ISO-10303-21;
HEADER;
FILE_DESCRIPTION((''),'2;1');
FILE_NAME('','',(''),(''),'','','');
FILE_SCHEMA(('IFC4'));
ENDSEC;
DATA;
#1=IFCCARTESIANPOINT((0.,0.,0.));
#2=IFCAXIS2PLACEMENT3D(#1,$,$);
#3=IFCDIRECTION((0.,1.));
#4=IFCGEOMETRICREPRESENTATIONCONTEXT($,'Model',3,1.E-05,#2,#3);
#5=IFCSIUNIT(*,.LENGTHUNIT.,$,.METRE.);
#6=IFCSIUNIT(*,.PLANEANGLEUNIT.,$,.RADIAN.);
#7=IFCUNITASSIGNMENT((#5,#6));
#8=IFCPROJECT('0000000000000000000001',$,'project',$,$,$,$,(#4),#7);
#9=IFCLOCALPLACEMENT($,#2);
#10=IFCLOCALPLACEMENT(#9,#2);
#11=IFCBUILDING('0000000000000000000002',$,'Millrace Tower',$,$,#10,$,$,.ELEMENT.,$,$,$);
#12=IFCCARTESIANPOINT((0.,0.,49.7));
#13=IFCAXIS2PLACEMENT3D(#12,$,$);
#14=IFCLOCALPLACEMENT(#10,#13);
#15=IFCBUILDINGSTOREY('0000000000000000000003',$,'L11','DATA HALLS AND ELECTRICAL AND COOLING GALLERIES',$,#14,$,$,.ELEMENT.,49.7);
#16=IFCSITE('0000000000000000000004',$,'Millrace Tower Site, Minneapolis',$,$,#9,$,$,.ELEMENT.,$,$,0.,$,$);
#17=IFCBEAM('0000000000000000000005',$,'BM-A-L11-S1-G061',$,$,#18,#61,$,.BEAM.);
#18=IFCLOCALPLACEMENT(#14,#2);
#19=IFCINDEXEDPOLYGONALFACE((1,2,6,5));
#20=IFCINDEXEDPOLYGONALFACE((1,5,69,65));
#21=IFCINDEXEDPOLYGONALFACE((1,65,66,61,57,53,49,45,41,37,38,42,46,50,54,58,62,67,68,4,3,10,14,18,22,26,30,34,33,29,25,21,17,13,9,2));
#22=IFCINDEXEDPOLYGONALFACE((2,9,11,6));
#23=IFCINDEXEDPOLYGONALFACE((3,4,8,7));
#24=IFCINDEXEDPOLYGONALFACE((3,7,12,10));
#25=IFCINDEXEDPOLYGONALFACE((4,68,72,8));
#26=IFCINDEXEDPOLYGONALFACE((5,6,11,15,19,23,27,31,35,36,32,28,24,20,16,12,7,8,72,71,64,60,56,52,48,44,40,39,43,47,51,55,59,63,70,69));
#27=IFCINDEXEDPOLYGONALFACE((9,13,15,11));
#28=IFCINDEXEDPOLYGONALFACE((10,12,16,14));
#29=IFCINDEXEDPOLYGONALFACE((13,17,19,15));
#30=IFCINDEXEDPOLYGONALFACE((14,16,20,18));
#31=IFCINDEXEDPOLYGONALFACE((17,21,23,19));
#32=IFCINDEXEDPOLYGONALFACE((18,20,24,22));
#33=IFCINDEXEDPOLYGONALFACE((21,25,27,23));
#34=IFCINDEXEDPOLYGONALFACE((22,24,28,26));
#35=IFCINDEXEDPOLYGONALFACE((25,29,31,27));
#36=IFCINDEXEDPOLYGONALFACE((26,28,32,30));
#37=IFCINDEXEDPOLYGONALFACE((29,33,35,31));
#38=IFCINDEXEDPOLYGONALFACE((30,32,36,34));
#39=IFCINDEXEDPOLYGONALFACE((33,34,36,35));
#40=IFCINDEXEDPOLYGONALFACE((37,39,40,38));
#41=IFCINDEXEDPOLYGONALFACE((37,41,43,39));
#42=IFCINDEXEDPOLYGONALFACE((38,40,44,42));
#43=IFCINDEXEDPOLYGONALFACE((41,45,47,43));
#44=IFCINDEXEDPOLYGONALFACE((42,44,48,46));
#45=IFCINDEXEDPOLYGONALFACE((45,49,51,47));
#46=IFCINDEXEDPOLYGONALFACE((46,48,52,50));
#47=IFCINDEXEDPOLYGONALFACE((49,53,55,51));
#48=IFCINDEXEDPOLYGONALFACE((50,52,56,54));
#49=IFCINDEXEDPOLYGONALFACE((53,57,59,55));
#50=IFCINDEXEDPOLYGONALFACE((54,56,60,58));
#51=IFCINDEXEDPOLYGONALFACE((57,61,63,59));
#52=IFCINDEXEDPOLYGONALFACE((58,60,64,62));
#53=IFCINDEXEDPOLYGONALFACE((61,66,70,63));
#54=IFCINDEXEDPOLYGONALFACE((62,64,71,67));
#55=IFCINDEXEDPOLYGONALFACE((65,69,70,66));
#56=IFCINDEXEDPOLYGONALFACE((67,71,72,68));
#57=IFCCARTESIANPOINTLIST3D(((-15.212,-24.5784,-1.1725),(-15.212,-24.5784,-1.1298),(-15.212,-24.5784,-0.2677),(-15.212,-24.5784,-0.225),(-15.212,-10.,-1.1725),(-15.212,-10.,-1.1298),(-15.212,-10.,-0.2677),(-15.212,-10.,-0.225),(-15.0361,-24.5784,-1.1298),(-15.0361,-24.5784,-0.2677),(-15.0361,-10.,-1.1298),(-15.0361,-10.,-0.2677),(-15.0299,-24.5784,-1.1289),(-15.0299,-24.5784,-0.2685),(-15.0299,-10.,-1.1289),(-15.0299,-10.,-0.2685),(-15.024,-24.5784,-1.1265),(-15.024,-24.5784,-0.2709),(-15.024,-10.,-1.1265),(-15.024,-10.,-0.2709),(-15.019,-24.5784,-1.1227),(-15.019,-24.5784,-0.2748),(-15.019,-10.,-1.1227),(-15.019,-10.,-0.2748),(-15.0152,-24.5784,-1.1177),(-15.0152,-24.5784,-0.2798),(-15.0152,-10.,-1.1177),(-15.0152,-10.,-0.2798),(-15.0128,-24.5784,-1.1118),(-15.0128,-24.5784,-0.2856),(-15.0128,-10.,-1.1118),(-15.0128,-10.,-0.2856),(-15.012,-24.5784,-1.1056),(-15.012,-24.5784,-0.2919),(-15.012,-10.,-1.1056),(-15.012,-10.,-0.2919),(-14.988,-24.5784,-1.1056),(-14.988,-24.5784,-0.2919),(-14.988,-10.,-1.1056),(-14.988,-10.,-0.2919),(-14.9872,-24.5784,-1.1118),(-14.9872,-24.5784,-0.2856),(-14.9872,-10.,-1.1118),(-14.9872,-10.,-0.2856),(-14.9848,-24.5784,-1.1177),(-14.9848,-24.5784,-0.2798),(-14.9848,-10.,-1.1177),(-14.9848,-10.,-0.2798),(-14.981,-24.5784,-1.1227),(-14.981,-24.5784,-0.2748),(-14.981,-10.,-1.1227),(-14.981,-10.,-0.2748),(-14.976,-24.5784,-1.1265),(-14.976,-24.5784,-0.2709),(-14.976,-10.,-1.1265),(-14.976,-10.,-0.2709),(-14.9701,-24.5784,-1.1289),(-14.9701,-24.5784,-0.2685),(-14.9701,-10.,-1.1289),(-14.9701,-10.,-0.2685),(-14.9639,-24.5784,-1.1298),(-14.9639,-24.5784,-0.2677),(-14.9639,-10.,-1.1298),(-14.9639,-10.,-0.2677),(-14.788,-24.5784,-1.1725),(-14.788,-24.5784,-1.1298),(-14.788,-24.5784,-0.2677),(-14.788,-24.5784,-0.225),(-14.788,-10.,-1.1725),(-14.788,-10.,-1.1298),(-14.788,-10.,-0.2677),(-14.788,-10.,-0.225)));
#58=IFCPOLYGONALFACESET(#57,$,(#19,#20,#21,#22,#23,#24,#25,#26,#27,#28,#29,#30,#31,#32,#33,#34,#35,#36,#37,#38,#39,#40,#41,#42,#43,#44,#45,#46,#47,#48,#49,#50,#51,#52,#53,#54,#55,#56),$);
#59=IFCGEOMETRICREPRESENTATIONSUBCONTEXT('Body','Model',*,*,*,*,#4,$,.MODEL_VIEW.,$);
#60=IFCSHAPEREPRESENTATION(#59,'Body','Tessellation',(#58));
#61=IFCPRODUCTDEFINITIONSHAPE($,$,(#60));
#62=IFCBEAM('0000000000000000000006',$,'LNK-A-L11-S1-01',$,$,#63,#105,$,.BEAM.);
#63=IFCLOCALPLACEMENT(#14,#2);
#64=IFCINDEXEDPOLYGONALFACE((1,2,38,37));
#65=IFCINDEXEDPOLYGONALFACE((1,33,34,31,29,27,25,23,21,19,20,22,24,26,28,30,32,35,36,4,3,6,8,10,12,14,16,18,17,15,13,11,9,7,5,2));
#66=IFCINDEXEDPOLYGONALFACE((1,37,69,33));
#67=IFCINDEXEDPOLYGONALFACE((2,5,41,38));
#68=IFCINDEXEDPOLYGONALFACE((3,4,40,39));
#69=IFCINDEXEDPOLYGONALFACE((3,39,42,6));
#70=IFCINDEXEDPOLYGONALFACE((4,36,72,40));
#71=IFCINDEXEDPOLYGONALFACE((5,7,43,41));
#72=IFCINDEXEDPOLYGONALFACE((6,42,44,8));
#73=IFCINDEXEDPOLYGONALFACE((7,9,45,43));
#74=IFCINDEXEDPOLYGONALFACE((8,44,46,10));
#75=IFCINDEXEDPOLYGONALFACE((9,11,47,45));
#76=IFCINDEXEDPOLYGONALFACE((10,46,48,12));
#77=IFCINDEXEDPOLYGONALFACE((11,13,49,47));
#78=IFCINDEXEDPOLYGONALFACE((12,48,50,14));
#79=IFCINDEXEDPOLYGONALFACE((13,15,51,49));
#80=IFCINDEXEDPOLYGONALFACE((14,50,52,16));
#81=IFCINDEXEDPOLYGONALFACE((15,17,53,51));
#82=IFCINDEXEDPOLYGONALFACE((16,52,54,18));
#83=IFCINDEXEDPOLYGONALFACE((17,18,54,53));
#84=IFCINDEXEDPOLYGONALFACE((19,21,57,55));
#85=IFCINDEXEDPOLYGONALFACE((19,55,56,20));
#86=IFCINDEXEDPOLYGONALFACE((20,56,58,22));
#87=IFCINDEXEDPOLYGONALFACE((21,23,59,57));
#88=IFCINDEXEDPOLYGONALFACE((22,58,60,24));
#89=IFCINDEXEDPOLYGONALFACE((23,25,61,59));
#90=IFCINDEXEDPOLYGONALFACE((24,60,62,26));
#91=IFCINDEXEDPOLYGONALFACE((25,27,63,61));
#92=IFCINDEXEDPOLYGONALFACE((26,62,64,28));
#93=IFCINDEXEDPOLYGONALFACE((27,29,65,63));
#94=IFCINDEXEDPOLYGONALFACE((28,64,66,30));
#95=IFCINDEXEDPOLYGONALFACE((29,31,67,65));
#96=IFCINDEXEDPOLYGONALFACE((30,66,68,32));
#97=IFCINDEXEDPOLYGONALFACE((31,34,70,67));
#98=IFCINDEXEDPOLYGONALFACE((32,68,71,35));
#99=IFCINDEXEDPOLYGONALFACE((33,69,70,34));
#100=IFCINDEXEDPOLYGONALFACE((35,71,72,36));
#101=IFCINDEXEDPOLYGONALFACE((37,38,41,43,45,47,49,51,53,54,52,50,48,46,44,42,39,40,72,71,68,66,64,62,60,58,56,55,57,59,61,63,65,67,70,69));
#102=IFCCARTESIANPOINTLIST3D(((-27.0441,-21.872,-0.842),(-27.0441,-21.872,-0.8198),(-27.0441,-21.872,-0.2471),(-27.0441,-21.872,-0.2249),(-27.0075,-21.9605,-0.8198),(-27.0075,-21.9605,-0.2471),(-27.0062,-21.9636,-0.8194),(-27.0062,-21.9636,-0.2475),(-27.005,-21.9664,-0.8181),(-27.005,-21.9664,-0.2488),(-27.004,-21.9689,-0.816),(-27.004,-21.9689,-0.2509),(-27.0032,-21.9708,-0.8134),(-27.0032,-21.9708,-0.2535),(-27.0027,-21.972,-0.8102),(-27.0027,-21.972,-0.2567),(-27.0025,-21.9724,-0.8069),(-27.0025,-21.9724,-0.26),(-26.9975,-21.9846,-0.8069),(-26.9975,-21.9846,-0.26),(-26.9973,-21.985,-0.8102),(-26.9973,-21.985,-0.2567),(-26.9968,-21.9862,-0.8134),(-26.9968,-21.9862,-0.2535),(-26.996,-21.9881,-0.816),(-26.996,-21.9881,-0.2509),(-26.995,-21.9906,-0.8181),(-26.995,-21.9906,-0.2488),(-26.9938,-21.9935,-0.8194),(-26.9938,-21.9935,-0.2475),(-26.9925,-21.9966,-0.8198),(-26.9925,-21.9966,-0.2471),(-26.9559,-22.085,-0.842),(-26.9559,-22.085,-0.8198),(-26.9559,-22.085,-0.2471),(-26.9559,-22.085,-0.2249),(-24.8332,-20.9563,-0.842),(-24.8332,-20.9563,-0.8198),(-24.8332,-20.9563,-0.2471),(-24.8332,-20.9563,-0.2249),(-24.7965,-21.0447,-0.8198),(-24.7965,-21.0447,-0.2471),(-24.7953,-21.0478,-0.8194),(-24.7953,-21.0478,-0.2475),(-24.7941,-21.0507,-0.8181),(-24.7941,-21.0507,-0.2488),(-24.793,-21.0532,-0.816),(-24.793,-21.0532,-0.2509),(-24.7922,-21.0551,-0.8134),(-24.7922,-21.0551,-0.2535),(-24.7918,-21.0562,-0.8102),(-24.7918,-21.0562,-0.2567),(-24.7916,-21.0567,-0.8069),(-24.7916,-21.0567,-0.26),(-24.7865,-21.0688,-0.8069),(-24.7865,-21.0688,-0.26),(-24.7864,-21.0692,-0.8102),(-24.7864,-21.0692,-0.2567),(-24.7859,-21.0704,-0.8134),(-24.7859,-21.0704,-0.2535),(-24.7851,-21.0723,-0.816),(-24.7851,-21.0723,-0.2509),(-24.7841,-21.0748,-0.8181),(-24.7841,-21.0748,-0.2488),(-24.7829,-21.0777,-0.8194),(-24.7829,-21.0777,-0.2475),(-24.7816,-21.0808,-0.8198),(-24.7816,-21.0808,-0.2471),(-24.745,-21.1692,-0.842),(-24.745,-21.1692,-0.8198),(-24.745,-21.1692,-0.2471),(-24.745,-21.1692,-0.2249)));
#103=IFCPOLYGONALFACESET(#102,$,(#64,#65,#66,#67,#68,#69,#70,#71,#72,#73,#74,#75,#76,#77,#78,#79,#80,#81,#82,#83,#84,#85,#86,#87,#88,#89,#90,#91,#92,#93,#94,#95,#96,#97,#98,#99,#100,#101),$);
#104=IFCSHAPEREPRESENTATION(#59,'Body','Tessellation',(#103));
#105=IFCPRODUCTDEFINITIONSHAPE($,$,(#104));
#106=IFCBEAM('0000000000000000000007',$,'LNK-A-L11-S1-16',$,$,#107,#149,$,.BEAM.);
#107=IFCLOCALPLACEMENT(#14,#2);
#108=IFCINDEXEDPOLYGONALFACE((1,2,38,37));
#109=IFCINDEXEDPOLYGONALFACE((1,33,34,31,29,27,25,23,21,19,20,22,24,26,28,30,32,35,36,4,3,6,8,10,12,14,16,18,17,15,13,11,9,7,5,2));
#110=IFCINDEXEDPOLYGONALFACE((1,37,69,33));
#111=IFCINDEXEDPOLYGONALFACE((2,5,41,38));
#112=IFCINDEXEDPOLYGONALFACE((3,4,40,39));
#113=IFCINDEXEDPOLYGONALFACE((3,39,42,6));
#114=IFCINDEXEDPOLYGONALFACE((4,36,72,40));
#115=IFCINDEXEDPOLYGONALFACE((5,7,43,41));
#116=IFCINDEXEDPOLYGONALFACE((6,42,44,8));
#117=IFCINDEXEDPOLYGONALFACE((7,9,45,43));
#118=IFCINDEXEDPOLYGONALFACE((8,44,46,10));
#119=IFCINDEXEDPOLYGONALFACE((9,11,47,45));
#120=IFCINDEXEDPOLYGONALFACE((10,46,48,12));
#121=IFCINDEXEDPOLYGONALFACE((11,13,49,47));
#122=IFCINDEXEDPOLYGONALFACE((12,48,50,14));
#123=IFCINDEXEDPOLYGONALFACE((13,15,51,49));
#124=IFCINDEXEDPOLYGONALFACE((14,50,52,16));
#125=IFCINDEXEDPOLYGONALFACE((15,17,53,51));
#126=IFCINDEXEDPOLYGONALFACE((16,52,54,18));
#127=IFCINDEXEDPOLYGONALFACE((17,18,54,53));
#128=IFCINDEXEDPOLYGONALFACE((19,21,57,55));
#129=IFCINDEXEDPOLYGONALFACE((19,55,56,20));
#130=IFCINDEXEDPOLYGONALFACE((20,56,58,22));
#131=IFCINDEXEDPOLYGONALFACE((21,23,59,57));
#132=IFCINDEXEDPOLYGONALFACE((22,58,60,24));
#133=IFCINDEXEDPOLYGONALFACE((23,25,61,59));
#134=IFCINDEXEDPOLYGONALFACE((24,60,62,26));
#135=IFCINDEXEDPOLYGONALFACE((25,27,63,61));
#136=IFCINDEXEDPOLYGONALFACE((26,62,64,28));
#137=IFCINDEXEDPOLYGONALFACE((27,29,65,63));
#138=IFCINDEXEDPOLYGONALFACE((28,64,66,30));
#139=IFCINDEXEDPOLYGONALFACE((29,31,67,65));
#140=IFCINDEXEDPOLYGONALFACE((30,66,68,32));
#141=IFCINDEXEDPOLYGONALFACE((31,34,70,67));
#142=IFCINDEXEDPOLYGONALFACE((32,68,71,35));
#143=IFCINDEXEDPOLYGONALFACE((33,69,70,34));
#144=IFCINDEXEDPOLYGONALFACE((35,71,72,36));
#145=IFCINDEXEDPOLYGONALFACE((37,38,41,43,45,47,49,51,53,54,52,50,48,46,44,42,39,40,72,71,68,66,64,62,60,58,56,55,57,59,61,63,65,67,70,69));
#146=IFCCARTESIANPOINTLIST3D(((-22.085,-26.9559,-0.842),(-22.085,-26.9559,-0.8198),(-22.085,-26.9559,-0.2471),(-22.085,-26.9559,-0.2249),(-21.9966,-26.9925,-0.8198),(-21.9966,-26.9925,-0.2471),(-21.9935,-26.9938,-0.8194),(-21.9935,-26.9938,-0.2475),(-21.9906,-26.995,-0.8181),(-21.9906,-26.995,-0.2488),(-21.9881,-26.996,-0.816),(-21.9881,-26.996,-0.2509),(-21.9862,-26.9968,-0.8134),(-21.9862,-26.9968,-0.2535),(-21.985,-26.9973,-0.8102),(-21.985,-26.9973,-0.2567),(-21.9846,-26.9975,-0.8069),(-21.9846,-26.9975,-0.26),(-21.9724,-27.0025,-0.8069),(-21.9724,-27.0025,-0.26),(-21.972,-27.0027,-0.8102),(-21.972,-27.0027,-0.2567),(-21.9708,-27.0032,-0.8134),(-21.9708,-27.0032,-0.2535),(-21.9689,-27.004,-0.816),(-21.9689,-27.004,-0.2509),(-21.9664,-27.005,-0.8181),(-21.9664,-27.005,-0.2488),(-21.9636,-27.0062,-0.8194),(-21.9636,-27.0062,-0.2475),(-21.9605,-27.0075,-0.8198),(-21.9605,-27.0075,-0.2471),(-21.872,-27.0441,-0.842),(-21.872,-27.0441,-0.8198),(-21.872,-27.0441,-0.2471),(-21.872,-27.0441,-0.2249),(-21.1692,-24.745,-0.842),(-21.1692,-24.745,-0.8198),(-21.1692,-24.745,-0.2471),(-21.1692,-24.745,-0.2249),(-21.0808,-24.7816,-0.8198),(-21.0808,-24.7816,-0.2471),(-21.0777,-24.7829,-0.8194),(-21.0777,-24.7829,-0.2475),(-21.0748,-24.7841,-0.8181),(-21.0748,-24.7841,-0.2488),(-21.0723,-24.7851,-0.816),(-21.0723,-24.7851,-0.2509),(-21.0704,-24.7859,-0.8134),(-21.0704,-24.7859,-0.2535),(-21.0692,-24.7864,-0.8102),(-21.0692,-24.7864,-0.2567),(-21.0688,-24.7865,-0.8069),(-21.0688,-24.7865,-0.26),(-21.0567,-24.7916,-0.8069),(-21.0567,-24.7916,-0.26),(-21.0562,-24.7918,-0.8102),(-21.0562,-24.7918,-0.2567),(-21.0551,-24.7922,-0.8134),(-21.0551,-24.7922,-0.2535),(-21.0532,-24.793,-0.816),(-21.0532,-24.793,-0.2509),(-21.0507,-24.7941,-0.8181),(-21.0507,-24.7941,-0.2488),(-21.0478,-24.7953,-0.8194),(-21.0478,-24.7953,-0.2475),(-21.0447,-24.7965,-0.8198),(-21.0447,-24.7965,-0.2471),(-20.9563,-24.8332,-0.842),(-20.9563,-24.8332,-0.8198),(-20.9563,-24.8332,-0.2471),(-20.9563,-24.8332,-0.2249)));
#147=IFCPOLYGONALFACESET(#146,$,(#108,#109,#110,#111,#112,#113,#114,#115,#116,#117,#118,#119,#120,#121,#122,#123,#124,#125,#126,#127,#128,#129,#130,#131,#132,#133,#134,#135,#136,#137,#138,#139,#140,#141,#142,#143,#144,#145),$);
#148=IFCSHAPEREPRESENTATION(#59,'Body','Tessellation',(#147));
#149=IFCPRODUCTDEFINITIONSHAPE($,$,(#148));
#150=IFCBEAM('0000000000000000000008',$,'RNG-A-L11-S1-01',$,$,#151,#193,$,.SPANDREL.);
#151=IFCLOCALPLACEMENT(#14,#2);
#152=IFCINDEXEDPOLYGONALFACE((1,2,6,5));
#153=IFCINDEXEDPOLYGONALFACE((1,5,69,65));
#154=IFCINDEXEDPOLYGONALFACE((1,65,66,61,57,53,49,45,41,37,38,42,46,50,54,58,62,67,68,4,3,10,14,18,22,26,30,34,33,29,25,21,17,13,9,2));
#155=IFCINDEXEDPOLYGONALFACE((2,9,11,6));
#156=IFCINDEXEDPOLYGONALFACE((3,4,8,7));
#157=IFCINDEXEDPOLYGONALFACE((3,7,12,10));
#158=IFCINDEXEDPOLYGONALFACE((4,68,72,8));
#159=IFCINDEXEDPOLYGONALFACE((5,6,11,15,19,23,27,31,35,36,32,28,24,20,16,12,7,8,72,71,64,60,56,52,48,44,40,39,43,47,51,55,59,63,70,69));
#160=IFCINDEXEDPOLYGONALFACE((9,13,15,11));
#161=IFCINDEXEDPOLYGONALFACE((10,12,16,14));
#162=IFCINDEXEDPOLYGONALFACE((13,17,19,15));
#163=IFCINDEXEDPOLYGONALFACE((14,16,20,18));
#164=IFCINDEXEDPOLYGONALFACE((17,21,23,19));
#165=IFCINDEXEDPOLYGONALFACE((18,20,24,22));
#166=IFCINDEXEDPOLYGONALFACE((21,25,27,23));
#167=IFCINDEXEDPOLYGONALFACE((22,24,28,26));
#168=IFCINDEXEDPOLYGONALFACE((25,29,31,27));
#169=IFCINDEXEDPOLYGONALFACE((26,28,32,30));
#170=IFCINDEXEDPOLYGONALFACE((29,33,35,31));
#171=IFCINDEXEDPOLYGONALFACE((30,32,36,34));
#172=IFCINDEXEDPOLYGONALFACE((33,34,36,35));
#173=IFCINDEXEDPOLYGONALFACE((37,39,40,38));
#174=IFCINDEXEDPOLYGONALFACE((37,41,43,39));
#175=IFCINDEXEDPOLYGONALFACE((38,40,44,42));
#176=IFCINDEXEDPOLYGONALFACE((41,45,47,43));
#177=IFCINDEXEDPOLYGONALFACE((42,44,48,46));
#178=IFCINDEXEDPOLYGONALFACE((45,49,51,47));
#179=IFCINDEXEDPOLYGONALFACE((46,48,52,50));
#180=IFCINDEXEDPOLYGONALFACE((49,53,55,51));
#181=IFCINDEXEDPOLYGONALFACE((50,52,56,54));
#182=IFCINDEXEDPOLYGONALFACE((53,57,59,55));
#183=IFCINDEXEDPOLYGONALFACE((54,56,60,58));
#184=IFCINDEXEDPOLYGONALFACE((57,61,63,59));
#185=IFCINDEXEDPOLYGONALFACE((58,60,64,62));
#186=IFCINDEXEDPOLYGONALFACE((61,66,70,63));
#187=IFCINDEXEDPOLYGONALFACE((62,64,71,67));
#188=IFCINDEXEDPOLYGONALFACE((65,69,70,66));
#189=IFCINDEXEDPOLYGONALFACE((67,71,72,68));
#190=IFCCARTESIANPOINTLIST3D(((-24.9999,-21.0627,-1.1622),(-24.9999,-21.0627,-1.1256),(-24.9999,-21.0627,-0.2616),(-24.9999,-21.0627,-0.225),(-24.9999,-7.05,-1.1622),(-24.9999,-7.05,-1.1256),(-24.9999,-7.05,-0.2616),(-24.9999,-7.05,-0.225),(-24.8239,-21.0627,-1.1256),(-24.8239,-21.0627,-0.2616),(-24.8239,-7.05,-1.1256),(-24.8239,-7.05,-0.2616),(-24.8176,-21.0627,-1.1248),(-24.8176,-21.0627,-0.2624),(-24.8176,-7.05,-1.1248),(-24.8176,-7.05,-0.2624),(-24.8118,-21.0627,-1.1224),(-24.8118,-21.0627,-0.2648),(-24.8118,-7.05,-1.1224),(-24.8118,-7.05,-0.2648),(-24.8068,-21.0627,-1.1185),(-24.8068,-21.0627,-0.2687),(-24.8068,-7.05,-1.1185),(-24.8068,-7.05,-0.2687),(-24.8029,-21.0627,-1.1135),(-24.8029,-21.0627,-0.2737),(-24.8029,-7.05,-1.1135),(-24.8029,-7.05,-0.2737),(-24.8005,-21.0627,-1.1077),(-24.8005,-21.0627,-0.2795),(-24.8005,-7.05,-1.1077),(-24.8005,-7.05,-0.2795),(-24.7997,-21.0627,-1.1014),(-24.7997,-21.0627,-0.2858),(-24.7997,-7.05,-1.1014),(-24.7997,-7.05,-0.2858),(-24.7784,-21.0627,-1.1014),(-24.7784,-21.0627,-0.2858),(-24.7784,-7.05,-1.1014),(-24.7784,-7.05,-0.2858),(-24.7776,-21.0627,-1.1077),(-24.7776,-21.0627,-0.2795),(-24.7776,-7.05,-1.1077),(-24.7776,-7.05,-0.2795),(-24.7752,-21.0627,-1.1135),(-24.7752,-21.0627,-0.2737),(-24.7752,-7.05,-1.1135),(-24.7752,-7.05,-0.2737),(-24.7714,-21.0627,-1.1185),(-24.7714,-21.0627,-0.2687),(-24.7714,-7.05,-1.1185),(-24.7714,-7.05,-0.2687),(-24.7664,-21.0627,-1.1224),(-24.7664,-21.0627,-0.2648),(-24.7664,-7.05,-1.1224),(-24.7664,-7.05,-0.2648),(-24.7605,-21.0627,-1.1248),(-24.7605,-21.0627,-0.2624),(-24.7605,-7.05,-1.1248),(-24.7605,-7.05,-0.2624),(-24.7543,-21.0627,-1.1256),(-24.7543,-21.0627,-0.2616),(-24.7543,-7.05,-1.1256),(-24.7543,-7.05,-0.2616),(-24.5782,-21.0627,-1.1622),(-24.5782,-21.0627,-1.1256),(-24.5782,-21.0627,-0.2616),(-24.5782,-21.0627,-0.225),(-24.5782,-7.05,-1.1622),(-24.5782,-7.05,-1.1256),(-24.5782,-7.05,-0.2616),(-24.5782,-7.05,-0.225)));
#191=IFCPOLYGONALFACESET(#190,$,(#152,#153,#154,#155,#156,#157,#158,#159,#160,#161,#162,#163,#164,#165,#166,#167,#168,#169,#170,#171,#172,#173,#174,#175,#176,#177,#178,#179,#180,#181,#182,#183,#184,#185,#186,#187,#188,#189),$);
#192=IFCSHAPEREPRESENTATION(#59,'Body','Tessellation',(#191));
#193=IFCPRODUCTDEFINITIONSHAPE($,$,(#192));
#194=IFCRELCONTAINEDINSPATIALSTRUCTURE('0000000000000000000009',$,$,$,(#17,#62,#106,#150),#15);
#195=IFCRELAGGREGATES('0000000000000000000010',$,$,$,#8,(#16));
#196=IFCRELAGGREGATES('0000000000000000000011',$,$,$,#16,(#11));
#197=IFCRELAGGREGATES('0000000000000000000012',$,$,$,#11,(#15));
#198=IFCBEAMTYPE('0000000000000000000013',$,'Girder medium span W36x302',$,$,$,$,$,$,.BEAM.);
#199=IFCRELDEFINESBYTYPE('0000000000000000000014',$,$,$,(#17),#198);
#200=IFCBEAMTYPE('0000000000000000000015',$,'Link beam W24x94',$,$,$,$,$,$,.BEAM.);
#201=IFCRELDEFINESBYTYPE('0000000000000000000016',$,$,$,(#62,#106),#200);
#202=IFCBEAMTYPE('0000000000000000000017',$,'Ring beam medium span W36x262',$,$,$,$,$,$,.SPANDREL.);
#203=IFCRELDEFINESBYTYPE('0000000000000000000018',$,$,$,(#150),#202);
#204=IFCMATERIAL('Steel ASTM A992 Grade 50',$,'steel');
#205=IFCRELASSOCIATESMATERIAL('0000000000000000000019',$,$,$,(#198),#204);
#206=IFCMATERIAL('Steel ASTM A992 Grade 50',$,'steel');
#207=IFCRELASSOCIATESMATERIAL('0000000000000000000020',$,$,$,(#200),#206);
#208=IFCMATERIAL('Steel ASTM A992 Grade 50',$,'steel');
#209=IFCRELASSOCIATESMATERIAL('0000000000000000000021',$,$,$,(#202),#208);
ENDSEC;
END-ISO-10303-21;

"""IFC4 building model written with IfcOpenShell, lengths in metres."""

from ifc_helpers import new_model, si_unit, direction, frame, origin, origin_2d, place, context, subcontext, project, spatial, i_section, extrude, material, material_profile, profile_set, type_object, element, save


model = new_model("IFC4")

# Units and contexts
model_context = context("Model", 3, precision=1e-05, world=origin(), true_north=direction((0.0, 1.0)))
body_context = subcontext(model_context, "Body", "Model", "MODEL_VIEW")
ifc_project = project(units=[si_unit("LENGTHUNIT", "METRE"), si_unit("PLANEANGLEUNIT", "RADIAN")], contexts=[model_context])

# Site, building, storey
site_placement = place(None, origin())
site = spatial("IfcSite", under=ifc_project, at=site_placement, Name="Millrace Tower Site, Minneapolis", CompositionType="ELEMENT", RefElevation=0.0)
building_placement = place(site_placement, origin())
building = spatial("IfcBuilding", under=site, at=building_placement, Name="Millrace Tower", CompositionType="ELEMENT")
storey_placement = place(building_placement, frame((0.0, 0.0, 49.7)))
storey = spatial("IfcBuildingStorey", under=building, at=storey_placement, Name="L11", Description="DATA HALLS AND ELECTRICAL AND COOLING GALLERIES", CompositionType="ELEMENT", Elevation=49.7)

# Beams
ifc_material_1 = material(Name="Steel ASTM A992 Grade 50", Category="steel")
ifc_material_profile_1 = material_profile(ifc_material_1, i_section(OverallWidth=0.4241, OverallDepth=0.9475, WebThickness=0.0239, FlangeThickness=0.0427, FilletRadius=0.0242, at=origin_2d()))
ifc_profile_set_1 = profile_set([ifc_material_profile_1], Name="Steel ASTM A992 Grade 50")
beam_type_1 = type_object("IfcBeamType", Name="Girder medium span W36x302", PredefinedType="BEAM", material=ifc_profile_set_1)
beam_1_placement = place(storey_placement, frame((-15.0, -24.5784, -0.6987), z_axis=(0.0, 1.0, 0.0), x_axis=(-1.0, 0.0, 0.0)))
element("IfcBeam", 1, at=beam_1_placement, inside=storey, type_object=beam_type_1, Name="BM-A-L11-S1-G061", PredefinedType="BEAM", context=body_context, shape_type="SweptSolid", body=[
    extrude(i_section(OverallWidth=0.4241, OverallDepth=0.9475, WebThickness=0.0239, FlangeThickness=0.0427, FilletRadius=0.0242, at=origin_2d()), origin(), (0.0, 0.0, 1.0), 14.5784),
])
ifc_material_2 = material(Name="Steel ASTM A992 Grade 50", Category="steel")
ifc_material_profile_2 = material_profile(ifc_material_2, i_section(OverallWidth=0.2305, OverallDepth=0.6172, WebThickness=0.0132, FlangeThickness=0.0222, FilletRadius=0.0129, at=origin_2d()))
ifc_profile_set_2 = profile_set([ifc_material_profile_2], Name="Steel ASTM A992 Grade 50")
beam_type_2 = type_object("IfcBeamType", Name="Link beam W24x94", PredefinedType="BEAM", material=ifc_profile_set_2)
for number, where, z_axis, x_axis, name in (
    (2, (-24.7891, -21.0627, -0.5334), (-0.923884, -0.382673, 0.0), (0.382673, -0.923884, 0.0), "LNK-A-L11-S1-01"),
    (3, (-21.0627, -24.7891, -0.5334), (-0.382673, -0.923884, 0.0), (0.923884, -0.382673, 0.0), "LNK-A-L11-S1-16"),
):
    element("IfcBeam", number, at=place(storey_placement, frame(where, z_axis=z_axis, x_axis=x_axis)), inside=storey, type_object=beam_type_2, Name=name, PredefinedType="BEAM", context=body_context, shape_type="SweptSolid", body=[
        extrude(i_section(OverallWidth=0.2305, OverallDepth=0.6172, WebThickness=0.0132, FlangeThickness=0.0222, FilletRadius=0.0129, at=origin_2d()), origin(), (0.0, 0.0, 1.0), 2.3931),
    ])
ifc_material_3 = material(Name="Steel ASTM A992 Grade 50", Category="steel")
ifc_material_profile_3 = material_profile(ifc_material_3, i_section(OverallWidth=0.4216, OverallDepth=0.9373, WebThickness=0.0212, FlangeThickness=0.0366, FilletRadius=0.0242, at=origin_2d()))
ifc_profile_set_3 = profile_set([ifc_material_profile_3], Name="Steel ASTM A992 Grade 50")
beam_type_3 = type_object("IfcBeamType", Name="Ring beam medium span W36x262", PredefinedType="SPANDREL", material=ifc_profile_set_3)
beam_2_placement = place(storey_placement, frame((-24.7891, -21.0627, -0.6936), z_axis=(0.0, 1.0, 0.0), x_axis=(-1.0, 0.0, 0.0)))
element("IfcBeam", 4, at=beam_2_placement, inside=storey, type_object=beam_type_3, Name="RNG-A-L11-S1-01", PredefinedType="SPANDREL", context=body_context, shape_type="SweptSolid", body=[
    extrude(i_section(OverallWidth=0.4216, OverallDepth=0.9373, WebThickness=0.0212, FlangeThickness=0.0366, FilletRadius=0.0242, at=origin_2d()), origin(), (0.0, 0.0, 1.0), 14.0127),
])

save(model, "model.ifc")
